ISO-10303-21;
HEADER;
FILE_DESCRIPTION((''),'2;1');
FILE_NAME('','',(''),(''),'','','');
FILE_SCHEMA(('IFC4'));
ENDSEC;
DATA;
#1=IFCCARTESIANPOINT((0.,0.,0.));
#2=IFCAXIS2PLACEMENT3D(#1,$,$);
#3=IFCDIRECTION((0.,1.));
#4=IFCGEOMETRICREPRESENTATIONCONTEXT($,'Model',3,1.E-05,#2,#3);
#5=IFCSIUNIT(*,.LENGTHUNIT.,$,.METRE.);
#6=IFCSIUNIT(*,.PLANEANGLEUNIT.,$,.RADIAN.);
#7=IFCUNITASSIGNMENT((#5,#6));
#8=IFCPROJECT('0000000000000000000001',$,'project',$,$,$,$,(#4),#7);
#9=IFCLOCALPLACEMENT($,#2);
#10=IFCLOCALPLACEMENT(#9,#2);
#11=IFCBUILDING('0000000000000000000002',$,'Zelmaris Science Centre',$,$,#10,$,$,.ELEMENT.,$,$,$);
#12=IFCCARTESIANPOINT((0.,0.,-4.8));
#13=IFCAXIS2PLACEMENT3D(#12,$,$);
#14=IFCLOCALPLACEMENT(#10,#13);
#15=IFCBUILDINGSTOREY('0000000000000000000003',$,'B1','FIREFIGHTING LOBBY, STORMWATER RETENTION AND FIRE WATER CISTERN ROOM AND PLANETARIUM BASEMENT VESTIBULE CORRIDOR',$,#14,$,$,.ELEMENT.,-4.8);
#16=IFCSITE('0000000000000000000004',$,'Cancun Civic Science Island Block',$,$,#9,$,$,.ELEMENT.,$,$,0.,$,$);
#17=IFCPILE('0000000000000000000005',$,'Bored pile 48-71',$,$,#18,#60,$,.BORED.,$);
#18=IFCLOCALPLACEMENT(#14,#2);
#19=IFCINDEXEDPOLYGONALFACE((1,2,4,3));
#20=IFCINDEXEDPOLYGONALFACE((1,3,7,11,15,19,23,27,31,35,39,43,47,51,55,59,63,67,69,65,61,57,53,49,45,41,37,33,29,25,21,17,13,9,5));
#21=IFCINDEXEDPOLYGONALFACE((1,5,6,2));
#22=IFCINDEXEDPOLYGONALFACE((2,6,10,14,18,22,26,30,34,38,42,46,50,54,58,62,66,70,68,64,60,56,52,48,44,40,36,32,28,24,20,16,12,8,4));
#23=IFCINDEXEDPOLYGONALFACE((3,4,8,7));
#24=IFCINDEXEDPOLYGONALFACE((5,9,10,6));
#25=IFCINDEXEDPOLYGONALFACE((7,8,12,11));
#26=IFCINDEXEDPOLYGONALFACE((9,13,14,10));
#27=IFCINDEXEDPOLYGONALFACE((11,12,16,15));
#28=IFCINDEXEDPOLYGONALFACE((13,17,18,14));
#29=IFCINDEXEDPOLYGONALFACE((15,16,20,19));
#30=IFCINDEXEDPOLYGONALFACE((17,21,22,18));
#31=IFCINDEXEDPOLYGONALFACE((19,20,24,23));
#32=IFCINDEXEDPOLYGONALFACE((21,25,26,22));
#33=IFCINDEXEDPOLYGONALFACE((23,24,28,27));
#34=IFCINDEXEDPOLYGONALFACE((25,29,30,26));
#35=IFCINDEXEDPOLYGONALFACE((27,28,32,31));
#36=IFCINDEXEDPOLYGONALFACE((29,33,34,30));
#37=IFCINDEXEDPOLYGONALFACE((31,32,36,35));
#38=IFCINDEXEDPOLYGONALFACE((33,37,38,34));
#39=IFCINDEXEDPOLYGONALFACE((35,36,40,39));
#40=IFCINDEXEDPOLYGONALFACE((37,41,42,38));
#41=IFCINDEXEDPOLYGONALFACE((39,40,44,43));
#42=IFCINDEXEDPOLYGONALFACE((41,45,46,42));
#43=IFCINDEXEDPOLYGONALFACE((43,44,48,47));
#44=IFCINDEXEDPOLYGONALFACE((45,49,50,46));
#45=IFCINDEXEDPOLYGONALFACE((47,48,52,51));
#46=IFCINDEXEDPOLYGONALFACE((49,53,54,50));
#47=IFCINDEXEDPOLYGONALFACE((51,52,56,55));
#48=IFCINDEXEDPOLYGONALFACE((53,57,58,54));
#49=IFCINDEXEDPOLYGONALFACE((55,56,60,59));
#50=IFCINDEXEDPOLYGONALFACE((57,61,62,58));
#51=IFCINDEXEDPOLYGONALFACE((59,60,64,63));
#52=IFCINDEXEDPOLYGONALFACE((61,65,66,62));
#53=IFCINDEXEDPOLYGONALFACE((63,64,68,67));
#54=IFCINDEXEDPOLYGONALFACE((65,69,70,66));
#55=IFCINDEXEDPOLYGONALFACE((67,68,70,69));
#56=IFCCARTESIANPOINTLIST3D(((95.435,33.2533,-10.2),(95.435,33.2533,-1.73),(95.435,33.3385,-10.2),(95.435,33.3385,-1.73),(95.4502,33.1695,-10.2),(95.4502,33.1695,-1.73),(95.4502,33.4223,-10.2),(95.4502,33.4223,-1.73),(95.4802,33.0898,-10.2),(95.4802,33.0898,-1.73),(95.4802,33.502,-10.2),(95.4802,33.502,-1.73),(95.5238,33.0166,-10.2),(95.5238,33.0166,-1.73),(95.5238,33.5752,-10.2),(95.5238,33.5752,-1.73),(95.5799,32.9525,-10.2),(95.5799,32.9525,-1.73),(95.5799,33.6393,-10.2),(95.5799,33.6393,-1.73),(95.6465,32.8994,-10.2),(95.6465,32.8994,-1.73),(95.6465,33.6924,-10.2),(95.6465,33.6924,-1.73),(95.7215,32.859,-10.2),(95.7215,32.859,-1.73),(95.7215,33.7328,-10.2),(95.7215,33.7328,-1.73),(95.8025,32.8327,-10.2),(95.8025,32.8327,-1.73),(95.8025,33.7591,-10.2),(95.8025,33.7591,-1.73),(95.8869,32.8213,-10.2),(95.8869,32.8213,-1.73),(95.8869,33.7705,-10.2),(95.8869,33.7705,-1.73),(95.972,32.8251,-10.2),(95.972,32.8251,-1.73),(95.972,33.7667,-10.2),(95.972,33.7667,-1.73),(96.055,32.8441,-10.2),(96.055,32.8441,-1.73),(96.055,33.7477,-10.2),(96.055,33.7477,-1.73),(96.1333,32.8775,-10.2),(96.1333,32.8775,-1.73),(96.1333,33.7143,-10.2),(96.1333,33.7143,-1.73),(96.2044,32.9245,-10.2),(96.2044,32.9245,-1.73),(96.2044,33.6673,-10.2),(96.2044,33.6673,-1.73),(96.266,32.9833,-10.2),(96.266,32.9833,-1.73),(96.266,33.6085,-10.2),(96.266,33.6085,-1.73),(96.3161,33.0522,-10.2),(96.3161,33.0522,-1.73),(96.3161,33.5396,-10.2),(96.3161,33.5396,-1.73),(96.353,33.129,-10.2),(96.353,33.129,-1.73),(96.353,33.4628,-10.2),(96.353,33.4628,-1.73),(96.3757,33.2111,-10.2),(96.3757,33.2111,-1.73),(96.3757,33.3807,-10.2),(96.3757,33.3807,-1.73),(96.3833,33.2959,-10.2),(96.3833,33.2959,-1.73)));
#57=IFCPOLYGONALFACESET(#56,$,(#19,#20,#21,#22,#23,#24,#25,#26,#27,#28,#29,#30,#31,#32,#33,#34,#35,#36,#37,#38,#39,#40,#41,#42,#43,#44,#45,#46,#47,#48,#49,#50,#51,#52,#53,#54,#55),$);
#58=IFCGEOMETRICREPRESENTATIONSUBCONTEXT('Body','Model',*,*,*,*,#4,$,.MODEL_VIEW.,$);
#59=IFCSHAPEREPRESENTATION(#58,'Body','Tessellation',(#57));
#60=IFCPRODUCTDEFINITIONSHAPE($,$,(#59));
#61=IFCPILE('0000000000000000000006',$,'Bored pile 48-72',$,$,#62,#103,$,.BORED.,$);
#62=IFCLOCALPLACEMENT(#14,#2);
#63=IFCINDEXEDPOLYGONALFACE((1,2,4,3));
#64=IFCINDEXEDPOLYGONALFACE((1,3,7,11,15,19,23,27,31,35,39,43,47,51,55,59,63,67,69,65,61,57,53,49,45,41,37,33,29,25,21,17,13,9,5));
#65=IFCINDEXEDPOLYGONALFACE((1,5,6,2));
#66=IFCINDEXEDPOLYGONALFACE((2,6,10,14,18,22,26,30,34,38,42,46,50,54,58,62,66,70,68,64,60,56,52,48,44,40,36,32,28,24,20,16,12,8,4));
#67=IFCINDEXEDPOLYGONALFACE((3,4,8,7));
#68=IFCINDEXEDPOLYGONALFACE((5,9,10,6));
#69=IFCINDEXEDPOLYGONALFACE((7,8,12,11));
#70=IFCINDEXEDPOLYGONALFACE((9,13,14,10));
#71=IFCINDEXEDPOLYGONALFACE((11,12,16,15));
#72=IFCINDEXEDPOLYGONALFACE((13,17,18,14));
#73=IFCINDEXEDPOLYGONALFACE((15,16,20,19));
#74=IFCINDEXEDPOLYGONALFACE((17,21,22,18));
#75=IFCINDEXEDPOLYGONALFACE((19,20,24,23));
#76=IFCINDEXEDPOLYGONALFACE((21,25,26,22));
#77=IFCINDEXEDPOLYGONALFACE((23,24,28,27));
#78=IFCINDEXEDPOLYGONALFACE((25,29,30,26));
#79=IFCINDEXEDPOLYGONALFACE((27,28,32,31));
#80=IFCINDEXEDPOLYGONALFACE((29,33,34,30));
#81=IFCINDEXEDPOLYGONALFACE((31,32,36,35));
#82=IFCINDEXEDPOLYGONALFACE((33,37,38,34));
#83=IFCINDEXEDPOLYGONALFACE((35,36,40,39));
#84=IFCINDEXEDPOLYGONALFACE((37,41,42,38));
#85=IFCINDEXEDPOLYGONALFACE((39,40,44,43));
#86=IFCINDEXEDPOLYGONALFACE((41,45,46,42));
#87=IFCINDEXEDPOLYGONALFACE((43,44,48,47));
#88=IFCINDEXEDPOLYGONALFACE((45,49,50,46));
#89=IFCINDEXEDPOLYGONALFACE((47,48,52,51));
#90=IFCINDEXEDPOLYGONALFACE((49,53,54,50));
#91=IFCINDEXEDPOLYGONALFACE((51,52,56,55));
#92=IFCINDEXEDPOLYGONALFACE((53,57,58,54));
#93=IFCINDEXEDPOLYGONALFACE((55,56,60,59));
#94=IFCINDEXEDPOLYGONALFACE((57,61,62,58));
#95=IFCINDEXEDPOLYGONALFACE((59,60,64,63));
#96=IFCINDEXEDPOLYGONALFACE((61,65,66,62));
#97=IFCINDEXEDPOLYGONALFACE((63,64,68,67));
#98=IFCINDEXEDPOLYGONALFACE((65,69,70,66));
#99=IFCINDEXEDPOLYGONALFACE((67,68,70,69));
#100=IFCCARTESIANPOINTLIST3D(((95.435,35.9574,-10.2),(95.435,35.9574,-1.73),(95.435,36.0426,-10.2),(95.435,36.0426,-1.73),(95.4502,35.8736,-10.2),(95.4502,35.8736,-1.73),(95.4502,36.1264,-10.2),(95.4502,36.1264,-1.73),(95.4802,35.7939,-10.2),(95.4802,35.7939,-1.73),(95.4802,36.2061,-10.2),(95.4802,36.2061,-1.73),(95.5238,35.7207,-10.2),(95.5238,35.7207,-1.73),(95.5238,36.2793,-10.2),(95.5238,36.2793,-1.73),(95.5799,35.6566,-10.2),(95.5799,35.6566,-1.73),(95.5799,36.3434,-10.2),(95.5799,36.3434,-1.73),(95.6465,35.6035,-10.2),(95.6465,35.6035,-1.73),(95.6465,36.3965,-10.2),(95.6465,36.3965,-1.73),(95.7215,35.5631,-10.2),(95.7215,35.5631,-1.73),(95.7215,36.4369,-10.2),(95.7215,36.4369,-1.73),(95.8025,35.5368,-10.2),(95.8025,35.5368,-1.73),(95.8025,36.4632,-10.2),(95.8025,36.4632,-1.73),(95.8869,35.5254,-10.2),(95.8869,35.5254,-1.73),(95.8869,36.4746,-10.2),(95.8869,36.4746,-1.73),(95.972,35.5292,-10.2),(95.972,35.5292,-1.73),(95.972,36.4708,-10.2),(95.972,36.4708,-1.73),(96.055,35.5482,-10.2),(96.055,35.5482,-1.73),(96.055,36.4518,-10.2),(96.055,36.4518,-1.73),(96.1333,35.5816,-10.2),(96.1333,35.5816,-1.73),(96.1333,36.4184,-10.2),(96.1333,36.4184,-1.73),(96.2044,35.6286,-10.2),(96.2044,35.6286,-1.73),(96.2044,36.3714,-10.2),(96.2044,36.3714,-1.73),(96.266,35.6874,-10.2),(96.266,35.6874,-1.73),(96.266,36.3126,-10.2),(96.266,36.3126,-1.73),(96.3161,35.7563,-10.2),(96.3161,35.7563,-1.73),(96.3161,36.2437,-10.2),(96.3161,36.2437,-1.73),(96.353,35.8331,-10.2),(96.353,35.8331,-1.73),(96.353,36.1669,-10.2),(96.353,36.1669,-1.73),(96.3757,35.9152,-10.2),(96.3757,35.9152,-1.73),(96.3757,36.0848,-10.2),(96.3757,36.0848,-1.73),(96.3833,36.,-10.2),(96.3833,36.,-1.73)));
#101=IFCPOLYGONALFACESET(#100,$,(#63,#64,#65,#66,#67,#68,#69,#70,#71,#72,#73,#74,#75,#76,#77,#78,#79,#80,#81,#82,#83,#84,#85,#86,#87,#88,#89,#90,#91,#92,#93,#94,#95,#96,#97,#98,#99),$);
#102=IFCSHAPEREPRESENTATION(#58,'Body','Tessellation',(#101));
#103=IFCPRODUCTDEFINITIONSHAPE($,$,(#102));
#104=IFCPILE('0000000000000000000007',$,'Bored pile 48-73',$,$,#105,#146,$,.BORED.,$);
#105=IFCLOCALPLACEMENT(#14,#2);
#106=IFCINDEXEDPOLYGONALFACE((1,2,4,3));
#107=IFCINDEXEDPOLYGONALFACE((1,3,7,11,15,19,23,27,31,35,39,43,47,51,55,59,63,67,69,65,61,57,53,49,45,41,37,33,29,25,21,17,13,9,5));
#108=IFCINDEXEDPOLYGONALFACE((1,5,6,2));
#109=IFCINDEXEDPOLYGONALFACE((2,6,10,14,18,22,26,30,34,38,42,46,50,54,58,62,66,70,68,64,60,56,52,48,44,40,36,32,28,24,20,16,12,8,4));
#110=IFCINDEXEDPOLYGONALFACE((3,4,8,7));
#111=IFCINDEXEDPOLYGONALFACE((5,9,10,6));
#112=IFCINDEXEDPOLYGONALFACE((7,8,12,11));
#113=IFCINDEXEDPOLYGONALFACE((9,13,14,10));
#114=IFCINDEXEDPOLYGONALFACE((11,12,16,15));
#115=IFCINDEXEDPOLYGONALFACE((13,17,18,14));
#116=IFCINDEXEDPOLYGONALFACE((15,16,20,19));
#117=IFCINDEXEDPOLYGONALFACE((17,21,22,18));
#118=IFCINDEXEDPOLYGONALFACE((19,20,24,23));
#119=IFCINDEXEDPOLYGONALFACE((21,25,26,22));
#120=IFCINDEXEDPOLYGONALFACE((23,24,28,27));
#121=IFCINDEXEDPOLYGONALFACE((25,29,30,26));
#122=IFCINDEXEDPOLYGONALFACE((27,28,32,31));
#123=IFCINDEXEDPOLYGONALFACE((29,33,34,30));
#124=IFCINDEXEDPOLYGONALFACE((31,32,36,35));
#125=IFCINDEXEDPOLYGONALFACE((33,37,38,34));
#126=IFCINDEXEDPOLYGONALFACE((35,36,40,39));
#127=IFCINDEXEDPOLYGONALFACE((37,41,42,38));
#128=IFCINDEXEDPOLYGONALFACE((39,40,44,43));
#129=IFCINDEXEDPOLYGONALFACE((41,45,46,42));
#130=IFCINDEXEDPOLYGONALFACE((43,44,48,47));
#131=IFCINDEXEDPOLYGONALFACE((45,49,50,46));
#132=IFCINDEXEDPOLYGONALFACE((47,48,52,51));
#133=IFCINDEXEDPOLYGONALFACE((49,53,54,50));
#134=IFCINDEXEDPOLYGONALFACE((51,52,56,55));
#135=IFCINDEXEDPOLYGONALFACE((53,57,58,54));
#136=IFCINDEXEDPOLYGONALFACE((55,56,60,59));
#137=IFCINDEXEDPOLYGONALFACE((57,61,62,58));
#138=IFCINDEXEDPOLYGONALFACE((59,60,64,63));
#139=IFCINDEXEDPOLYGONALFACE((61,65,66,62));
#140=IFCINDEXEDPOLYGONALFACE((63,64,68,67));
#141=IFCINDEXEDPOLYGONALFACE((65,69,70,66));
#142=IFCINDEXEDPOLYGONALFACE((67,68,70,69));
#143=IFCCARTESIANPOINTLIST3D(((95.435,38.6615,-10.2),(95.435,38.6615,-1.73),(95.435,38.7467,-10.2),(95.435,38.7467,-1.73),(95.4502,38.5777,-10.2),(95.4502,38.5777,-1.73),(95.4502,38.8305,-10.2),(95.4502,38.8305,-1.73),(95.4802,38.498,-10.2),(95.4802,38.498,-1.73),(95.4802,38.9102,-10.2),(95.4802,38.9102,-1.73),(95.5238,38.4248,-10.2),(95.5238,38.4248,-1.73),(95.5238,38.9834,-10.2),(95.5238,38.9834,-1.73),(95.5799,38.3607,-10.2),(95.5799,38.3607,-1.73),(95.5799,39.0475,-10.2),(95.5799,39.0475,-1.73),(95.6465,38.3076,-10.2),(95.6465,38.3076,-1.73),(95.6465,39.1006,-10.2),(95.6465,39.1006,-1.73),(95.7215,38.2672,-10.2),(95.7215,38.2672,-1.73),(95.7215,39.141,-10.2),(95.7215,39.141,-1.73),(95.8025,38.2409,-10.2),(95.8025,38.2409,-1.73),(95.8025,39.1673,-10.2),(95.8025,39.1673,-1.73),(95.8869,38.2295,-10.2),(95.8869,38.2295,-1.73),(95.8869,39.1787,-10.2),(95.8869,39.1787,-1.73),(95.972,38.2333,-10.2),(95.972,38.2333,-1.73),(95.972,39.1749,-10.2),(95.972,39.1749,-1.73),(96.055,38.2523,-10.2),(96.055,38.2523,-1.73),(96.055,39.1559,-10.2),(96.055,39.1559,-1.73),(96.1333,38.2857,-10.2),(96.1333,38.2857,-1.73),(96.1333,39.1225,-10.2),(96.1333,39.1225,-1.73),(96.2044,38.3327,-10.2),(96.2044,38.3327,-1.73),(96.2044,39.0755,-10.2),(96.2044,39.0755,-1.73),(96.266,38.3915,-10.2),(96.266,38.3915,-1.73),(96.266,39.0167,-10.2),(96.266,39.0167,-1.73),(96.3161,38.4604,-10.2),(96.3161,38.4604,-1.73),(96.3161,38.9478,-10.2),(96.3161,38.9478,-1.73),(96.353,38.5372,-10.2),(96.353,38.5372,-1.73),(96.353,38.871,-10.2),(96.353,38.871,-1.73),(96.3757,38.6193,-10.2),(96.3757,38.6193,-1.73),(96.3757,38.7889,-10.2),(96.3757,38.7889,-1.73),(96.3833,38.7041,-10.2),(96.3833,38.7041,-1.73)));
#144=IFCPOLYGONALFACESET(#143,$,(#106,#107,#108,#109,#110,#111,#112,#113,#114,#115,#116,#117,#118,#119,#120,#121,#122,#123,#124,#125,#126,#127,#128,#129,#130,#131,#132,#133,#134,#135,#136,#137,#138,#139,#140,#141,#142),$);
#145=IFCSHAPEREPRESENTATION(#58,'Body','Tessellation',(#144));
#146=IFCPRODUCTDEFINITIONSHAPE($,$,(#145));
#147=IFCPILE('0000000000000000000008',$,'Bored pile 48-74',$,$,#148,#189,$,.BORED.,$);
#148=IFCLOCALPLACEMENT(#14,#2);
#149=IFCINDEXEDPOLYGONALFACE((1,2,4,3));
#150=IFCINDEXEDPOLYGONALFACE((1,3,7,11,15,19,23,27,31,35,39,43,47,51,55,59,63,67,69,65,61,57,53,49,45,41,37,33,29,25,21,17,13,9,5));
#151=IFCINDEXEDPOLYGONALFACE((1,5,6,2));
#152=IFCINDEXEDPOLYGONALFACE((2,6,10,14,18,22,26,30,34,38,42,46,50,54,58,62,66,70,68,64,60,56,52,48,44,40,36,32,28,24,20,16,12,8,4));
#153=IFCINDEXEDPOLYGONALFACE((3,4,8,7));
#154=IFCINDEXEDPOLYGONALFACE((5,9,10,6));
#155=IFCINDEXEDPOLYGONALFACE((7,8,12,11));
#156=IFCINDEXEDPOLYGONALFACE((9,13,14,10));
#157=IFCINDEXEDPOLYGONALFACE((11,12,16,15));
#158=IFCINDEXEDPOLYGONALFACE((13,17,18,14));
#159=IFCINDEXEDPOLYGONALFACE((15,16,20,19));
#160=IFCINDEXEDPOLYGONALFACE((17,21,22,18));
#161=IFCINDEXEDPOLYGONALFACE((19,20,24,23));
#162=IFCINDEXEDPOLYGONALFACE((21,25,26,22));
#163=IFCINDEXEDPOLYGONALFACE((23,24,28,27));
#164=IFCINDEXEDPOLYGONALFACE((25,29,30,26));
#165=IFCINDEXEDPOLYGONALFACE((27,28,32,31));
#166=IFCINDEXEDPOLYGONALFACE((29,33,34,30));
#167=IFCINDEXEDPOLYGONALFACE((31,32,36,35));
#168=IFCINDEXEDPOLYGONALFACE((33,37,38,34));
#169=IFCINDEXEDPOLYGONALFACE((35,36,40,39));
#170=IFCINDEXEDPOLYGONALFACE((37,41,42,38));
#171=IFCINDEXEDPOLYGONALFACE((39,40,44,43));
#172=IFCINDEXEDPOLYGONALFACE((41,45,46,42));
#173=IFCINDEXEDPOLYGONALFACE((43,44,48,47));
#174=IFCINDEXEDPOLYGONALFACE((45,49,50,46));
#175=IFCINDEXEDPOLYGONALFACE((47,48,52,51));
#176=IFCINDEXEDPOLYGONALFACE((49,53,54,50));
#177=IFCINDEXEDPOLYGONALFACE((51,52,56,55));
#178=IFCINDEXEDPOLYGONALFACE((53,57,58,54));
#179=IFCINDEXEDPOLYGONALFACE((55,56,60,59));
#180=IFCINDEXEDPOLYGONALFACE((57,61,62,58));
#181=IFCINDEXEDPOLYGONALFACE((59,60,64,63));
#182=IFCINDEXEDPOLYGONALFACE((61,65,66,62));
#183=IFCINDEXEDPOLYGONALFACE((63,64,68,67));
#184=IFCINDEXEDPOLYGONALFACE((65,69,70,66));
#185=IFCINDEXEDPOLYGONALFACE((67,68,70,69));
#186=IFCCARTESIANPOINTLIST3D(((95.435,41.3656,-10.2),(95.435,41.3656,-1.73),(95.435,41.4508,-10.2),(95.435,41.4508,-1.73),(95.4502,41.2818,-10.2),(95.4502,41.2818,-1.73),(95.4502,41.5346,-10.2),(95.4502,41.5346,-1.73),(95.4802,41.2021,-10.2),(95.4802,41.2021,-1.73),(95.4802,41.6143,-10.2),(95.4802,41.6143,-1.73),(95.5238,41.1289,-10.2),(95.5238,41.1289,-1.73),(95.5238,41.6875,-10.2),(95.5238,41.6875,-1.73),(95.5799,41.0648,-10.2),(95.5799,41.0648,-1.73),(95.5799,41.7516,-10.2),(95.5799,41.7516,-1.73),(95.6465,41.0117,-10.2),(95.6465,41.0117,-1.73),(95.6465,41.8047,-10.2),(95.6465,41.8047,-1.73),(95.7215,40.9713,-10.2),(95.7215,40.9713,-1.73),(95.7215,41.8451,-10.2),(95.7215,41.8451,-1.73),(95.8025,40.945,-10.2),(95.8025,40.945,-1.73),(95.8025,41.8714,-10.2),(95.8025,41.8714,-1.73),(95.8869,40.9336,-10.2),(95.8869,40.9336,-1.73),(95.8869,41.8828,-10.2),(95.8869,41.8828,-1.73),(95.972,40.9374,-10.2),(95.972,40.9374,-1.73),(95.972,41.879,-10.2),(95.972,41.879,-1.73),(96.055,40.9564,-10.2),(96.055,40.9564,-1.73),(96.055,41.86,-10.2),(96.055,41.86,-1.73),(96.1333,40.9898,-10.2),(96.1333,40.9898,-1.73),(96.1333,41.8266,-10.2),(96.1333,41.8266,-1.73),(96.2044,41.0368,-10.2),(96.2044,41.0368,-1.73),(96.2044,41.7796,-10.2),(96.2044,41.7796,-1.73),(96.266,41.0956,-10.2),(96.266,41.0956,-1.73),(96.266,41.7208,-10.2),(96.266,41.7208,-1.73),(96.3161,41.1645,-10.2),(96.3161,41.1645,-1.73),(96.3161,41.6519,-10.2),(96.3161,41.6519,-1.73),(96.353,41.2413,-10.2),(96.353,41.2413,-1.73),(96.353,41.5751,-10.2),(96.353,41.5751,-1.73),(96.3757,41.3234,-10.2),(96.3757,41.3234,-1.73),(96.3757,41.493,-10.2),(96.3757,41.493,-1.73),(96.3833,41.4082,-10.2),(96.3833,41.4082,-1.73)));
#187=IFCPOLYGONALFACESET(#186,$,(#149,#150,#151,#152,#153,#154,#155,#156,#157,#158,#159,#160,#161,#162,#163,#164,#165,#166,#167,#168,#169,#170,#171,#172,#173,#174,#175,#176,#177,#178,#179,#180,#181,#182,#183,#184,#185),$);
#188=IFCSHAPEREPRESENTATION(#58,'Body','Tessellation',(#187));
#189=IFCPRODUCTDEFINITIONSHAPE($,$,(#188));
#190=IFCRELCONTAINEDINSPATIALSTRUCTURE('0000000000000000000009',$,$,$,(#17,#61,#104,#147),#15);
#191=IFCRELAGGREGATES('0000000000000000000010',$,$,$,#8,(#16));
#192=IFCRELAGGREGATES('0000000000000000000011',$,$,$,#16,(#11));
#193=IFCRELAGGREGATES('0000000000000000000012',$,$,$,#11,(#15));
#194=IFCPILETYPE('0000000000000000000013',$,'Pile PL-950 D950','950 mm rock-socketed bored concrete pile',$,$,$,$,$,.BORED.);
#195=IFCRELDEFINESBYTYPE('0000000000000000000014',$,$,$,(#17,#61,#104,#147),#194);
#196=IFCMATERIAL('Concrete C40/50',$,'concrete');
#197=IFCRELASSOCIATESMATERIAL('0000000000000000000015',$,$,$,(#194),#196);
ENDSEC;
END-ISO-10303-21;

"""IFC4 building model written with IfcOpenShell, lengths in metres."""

from ifc_helpers import new_model, si_unit, direction, frame, origin, origin_2d, place, context, subcontext, project, spatial, circle, extrude, material, material_profile, profile_set, type_object, element, save


model = new_model("IFC4")

# Units and contexts
model_context = context("Model", 3, precision=1e-05, world=origin(), true_north=direction((0.0, 1.0)))
body_context = subcontext(model_context, "Body", "Model", "MODEL_VIEW")
ifc_project = project(units=[si_unit("LENGTHUNIT", "METRE"), si_unit("PLANEANGLEUNIT", "RADIAN")], contexts=[model_context])

# Site, building, storey
site_placement = place(None, origin())
site = spatial("IfcSite", under=ifc_project, at=site_placement, Name="Cancun Civic Science Island Block", CompositionType="ELEMENT", RefElevation=0.0)
building_placement = place(site_placement, origin())
building = spatial("IfcBuilding", under=site, at=building_placement, Name="Zelmaris Science Centre", CompositionType="ELEMENT")
storey_placement = place(building_placement, frame((0.0, 0.0, -4.8)))
storey = spatial("IfcBuildingStorey", under=building, at=storey_placement, Name="B1", Description="FIREFIGHTING LOBBY, STORMWATER RETENTION AND FIRE WATER CISTERN ROOM AND PLANETARIUM BASEMENT VESTIBULE CORRIDOR", CompositionType="ELEMENT", Elevation=-4.8)

# Shared definitions
ifc_material_1 = material(Name="Concrete C40/50", Category="concrete")

# Piles
ifc_material_profile_1 = material_profile(ifc_material_1, circle(Radius=0.4751, at=origin_2d()), Name="PILE-950")
ifc_profile_set_1 = profile_set([ifc_material_profile_1], Name="Concrete C40/50")
pile_type_1 = type_object("IfcPileType", Name="Pile PL-950 D950", Description="950 mm rock-socketed bored concrete pile", PredefinedType="BORED", material=ifc_profile_set_1)
for number, where, z_axis, x_axis, name in (
    (1, (95.9082, 33.2959, -1.73), (0.0, 0.0, -1.0), (1.0, 0.0, 0.0), "Bored pile 48-71"),
    (2, (95.9082, 36.0, -1.73), (0.0, 0.0, -1.0), (1.0, 0.0, 0.0), "Bored pile 48-72"),
    (3, (95.9082, 38.7041, -1.73), (0.0, 0.0, -1.0), (1.0, 0.0, 0.0), "Bored pile 48-73"),
    (4, (95.9082, 41.4082, -1.73), (0.0, 0.0, -1.0), (1.0, 0.0, 0.0), "Bored pile 48-74"),
):
    element("IfcPile", number, at=place(storey_placement, frame(where, z_axis=z_axis, x_axis=x_axis)), inside=storey, type_object=pile_type_1, Name=name, PredefinedType="BORED", context=body_context, shape_type="SweptSolid", body=[
        extrude(circle(Radius=0.4751, at=origin_2d()), origin(), (0.0, 0.0, 1.0), 8.47),
    ])

save(model, "model.ifc")
